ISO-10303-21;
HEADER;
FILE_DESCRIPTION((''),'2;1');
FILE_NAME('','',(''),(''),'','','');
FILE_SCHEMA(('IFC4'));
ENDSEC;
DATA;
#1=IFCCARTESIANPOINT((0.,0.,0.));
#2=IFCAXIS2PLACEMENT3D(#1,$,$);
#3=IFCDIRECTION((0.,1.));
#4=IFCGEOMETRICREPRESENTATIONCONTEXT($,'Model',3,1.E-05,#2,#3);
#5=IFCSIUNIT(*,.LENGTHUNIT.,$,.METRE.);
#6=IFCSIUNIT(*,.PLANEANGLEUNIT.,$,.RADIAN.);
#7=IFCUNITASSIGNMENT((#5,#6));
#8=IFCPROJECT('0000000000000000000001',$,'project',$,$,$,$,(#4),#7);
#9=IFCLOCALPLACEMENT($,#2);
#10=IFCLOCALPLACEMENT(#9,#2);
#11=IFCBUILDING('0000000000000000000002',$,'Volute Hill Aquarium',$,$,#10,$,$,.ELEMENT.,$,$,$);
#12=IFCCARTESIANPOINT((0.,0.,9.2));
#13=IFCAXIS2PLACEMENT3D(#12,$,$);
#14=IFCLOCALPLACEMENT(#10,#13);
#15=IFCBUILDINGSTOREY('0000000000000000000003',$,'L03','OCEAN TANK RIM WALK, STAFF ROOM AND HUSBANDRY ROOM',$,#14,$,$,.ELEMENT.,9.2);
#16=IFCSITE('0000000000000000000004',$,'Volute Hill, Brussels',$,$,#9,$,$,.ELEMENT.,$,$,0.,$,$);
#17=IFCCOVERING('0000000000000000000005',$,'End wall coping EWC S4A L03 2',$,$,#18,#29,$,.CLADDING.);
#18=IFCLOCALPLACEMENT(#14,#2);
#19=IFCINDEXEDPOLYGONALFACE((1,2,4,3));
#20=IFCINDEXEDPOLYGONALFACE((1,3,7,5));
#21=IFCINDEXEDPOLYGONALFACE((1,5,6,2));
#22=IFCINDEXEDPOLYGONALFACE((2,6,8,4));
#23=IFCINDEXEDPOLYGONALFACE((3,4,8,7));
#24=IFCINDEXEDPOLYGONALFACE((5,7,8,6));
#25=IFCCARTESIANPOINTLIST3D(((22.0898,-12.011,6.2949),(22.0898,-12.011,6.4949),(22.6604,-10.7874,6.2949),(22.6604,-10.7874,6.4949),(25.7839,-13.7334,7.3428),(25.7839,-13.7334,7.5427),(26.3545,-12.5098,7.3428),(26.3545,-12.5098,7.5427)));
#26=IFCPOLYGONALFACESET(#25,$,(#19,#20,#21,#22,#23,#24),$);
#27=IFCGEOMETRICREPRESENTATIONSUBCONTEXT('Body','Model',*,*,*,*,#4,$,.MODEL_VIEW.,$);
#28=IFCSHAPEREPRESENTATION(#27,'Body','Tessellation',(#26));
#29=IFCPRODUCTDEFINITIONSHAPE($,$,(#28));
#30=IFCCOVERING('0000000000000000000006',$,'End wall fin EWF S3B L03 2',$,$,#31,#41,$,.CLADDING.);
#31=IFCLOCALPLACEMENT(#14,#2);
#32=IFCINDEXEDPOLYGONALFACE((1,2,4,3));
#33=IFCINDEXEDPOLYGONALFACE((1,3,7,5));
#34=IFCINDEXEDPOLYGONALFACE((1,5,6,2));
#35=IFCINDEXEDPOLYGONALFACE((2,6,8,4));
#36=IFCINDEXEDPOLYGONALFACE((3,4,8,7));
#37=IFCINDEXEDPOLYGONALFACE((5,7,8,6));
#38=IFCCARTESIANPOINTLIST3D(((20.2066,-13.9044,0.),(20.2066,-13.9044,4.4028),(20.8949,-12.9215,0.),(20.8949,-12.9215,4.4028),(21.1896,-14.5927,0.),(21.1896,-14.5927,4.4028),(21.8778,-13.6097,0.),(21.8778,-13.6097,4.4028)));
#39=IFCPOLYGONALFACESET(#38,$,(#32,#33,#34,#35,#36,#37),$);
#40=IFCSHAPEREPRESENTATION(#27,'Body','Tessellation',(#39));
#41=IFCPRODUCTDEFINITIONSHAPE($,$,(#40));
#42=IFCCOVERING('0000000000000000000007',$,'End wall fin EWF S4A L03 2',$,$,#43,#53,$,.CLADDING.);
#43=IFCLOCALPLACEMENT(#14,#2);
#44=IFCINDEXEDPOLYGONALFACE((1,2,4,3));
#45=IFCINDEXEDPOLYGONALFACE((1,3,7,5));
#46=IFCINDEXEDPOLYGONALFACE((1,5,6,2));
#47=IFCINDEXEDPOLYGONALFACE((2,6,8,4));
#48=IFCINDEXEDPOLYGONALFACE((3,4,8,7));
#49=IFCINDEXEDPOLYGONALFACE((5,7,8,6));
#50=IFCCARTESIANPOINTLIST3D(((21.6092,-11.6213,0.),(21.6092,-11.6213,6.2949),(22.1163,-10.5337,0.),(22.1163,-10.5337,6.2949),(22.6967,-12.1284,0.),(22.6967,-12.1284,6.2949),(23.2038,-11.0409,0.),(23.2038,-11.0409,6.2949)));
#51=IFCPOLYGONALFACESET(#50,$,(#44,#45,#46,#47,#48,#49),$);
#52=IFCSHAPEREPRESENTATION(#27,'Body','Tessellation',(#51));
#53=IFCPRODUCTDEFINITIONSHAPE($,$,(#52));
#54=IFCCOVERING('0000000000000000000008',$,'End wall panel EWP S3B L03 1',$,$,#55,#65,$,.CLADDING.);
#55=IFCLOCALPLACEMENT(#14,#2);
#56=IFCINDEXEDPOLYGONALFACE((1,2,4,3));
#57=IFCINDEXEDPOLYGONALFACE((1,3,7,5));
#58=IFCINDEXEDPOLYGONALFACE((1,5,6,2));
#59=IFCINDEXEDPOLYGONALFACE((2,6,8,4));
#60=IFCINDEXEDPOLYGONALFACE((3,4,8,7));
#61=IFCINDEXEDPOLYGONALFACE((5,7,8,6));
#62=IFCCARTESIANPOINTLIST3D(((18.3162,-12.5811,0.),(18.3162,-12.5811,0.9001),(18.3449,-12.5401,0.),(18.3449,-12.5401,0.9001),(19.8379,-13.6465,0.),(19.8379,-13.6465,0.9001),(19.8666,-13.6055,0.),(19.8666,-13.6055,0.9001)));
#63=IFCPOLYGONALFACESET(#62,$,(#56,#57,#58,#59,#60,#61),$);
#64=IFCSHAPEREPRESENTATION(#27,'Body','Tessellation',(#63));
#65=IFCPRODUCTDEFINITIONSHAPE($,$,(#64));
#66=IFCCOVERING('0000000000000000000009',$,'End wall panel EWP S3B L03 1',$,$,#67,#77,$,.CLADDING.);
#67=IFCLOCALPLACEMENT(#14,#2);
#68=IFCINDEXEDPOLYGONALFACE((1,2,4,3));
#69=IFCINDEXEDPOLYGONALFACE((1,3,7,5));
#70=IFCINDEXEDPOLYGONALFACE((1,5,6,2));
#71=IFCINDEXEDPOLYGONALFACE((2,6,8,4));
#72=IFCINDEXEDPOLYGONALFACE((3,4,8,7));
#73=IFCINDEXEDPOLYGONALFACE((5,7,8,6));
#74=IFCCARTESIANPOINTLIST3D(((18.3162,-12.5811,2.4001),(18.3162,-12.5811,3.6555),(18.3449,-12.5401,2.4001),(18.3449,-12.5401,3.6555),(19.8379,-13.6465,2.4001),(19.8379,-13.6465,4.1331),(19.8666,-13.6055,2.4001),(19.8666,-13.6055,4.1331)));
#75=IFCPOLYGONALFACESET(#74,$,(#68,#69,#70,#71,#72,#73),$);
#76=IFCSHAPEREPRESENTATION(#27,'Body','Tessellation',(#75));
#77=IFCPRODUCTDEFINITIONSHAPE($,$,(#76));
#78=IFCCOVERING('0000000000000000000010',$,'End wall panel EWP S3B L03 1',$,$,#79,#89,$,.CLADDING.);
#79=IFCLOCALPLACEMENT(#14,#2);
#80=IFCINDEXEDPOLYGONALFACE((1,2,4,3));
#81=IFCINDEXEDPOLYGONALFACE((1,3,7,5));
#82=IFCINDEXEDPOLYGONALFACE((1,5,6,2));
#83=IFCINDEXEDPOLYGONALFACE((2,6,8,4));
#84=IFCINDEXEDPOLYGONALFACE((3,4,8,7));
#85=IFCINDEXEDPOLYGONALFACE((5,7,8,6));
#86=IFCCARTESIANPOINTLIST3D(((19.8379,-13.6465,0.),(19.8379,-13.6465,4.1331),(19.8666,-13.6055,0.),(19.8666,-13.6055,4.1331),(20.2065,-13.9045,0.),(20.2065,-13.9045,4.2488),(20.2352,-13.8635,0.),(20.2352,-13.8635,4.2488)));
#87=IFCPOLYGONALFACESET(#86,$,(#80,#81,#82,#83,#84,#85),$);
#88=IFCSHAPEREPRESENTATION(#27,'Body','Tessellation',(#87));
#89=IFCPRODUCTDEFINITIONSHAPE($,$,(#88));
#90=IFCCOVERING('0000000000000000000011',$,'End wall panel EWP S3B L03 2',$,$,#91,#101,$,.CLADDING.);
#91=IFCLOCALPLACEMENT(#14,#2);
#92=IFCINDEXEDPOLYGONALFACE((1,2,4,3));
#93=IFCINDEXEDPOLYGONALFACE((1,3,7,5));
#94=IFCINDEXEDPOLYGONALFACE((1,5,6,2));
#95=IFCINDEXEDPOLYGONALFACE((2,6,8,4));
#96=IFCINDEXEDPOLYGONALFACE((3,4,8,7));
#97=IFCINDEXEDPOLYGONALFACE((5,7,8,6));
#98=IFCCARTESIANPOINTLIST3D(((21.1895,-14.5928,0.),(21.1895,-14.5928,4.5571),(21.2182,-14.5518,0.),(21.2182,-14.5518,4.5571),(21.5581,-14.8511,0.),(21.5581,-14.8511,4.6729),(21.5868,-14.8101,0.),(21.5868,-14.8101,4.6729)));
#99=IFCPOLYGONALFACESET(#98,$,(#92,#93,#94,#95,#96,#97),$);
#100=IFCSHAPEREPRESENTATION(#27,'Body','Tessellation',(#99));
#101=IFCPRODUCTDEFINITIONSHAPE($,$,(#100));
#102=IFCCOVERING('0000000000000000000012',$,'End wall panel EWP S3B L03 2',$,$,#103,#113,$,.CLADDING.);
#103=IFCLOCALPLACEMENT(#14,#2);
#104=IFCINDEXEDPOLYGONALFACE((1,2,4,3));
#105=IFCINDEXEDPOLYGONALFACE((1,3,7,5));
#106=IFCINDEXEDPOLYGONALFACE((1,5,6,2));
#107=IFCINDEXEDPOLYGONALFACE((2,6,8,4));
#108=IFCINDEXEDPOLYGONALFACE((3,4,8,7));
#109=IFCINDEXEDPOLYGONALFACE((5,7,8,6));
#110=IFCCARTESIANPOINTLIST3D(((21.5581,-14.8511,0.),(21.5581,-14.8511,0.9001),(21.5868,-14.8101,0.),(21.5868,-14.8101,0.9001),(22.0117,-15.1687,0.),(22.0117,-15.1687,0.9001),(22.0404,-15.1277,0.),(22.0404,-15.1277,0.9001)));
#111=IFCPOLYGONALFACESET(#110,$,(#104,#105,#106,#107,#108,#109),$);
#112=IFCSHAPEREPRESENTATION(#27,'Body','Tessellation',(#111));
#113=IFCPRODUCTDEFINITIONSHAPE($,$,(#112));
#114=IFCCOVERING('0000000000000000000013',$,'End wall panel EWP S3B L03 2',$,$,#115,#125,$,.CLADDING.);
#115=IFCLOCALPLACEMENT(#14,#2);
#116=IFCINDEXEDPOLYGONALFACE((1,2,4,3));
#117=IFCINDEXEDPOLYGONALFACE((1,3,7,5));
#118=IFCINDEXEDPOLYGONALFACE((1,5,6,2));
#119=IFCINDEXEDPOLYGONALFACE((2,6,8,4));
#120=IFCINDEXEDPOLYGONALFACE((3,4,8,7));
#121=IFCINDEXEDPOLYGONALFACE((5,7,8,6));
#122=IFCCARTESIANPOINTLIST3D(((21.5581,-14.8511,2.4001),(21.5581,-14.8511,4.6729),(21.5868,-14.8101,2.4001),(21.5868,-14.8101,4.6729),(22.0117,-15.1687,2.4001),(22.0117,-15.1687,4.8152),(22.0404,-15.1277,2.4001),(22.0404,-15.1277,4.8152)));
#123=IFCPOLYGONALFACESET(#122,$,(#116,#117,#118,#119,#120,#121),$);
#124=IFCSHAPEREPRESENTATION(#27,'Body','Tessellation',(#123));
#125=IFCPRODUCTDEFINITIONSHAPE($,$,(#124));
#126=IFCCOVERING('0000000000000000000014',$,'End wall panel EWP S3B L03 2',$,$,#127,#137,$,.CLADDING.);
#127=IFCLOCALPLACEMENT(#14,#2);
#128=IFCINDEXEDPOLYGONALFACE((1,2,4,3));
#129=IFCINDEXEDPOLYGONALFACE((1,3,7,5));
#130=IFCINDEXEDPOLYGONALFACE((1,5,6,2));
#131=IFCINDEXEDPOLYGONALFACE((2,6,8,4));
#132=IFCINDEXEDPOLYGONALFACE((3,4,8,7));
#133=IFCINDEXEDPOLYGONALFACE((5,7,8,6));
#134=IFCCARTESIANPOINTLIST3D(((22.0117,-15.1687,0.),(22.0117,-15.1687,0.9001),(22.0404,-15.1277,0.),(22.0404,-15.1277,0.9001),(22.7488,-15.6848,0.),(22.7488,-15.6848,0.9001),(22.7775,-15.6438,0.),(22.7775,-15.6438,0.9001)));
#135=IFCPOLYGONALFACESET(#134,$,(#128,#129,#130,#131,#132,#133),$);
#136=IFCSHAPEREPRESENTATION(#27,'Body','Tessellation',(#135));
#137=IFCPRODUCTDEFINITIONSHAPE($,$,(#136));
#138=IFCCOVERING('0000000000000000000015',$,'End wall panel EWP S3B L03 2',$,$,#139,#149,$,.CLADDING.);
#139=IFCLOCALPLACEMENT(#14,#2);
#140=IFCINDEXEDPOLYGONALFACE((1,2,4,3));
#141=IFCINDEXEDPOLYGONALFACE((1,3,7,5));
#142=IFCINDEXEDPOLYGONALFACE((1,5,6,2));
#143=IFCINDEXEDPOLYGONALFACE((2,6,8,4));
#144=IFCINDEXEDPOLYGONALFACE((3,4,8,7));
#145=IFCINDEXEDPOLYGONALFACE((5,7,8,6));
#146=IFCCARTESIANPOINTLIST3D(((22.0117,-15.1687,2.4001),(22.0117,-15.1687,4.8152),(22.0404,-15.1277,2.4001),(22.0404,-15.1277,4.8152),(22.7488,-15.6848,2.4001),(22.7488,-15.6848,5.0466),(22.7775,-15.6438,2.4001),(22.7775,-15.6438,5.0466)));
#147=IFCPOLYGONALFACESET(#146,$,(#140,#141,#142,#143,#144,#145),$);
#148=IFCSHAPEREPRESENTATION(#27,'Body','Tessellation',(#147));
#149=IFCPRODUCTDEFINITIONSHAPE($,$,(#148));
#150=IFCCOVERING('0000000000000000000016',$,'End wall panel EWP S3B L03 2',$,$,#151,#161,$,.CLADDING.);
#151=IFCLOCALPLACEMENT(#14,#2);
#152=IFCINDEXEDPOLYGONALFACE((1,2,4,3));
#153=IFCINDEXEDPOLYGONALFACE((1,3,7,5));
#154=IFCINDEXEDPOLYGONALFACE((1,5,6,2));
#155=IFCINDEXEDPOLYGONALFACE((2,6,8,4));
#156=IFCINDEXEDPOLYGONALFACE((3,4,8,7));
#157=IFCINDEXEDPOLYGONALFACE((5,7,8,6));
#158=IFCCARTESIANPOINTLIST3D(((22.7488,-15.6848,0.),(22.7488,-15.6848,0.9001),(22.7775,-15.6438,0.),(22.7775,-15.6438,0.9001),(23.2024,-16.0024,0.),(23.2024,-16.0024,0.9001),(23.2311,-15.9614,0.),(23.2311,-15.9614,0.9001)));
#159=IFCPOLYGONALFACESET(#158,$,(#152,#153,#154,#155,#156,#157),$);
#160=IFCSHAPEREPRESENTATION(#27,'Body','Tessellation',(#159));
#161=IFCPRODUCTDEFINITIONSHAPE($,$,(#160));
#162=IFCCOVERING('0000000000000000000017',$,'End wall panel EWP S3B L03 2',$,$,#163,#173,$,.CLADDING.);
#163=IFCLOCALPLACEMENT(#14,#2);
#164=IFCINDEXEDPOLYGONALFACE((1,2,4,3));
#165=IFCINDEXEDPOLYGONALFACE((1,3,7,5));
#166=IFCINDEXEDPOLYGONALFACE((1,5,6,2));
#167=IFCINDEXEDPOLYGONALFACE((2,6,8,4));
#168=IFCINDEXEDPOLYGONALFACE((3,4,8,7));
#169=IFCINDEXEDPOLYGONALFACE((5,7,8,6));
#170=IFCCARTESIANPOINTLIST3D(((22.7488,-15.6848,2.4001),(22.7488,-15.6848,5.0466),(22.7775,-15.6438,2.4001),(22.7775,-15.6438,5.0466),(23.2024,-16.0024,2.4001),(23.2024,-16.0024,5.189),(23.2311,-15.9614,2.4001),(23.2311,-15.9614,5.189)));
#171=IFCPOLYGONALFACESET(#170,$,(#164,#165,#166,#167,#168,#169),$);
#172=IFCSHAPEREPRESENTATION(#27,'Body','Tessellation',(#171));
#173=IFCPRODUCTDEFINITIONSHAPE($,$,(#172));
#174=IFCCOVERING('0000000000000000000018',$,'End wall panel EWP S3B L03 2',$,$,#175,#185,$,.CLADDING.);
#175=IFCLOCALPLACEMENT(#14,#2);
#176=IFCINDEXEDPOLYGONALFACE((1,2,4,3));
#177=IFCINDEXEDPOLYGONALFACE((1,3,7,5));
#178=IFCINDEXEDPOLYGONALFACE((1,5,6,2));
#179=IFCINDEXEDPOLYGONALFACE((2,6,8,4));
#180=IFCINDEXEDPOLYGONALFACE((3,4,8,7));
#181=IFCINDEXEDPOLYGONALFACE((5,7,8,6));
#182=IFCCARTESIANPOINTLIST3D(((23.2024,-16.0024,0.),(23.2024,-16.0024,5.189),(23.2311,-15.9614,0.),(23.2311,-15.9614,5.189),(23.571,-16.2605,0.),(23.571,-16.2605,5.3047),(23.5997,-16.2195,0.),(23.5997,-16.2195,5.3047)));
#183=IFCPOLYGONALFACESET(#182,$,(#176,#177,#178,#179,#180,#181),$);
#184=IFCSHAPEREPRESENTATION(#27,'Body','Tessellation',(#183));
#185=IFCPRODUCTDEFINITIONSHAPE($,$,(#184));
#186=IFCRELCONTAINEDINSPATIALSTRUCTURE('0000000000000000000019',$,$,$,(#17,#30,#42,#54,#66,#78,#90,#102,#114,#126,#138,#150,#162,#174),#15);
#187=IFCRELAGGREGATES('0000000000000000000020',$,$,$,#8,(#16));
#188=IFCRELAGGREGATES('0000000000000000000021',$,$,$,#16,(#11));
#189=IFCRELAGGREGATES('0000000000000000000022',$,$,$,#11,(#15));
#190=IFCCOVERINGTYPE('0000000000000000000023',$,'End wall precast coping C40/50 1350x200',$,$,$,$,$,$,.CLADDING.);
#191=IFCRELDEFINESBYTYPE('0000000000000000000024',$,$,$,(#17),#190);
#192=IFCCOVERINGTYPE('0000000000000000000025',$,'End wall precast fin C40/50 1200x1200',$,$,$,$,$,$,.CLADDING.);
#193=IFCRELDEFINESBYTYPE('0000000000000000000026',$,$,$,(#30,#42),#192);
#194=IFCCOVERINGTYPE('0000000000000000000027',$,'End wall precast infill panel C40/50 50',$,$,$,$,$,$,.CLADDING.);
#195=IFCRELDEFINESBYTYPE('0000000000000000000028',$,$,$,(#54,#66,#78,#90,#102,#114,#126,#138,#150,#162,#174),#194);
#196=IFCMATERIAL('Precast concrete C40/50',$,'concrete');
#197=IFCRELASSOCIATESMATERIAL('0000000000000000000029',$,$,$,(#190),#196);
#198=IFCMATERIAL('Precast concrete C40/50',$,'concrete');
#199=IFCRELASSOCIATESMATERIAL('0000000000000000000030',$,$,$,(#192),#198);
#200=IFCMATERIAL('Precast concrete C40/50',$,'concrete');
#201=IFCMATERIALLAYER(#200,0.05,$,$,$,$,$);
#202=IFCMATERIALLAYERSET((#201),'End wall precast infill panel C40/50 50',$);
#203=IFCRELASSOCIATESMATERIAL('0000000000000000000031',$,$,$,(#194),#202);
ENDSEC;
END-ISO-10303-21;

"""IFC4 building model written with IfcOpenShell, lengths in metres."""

from ifc_helpers import new_model, si_unit, direction, frame, origin, origin_2d, place, context, subcontext, project, spatial, polyline, rectangle, outline, extrude, material, layer, layer_set, type_object, element, save


model = new_model("IFC4")

# Units and contexts
model_context = context("Model", 3, precision=1e-05, world=origin(), true_north=direction((0.0, 1.0)))
body_context = subcontext(model_context, "Body", "Model", "MODEL_VIEW")
ifc_project = project(units=[si_unit("LENGTHUNIT", "METRE"), si_unit("PLANEANGLEUNIT", "RADIAN")], contexts=[model_context])

# Site, building, storey
site_placement = place(None, origin())
site = spatial("IfcSite", under=ifc_project, at=site_placement, Name="Volute Hill, Brussels", CompositionType="ELEMENT", RefElevation=0.0)
building_placement = place(site_placement, origin())
building = spatial("IfcBuilding", under=site, at=building_placement, Name="Volute Hill Aquarium", CompositionType="ELEMENT")
storey_placement = place(building_placement, frame((0.0, 0.0, 9.2)))
storey = spatial("IfcBuildingStorey", under=building, at=storey_placement, Name="L03", Description="OCEAN TANK RIM WALK, STAFF ROOM AND HUSBANDRY ROOM", CompositionType="ELEMENT", Elevation=9.2)

# Coverings
ifc_material_1 = material(Name="Precast concrete C40/50", Category="concrete")
covering_type_1 = type_object("IfcCoveringType", Name="End wall precast coping C40/50 1350x200", PredefinedType="CLADDING", material=ifc_material_1)
covering_1_placement = place(storey_placement, frame((22.0898, -12.011, 6.2949), z_axis=(-0.422584, -0.906324, 0.0), x_axis=(0.877781, -0.409275, 0.248988)))
element("IfcCovering", 1, at=covering_1_placement, inside=storey, type_object=covering_type_1, Name="End wall coping EWC S4A L03 2", PredefinedType="CLADDING", context=body_context, shape_type="SweptSolid", body=[
    extrude(outline(polyline([(0.0, 0.0), (4.2084, 0.0), (4.2582, 0.1937), (0.0498, 0.1937), (0.0, 0.0)])), origin(), (0.0, 0.0, -1.0), 1.3501),
])
ifc_material_2 = material(Name="Precast concrete C40/50", Category="concrete")
covering_type_2 = type_object("IfcCoveringType", Name="End wall precast fin C40/50 1200x1200", PredefinedType="CLADDING", material=ifc_material_2)
covering_2_placement = place(storey_placement, frame((21.0422, -13.7571, 0.0), z_axis=(0.0, 0.0, 1.0), x_axis=(0.819151, -0.573578, 0.0)))
element("IfcCovering", 2, at=covering_2_placement, inside=storey, type_object=covering_type_2, Name="End wall fin EWF S3B L03 2", PredefinedType="CLADDING", context=body_context, shape_type="SweptSolid", body=[
    extrude(rectangle(XDim=1.2, YDim=1.2, at=origin_2d()), origin(), (0.0, 0.0, 1.0), 4.4028),
])
covering_3_placement = place(storey_placement, frame((22.4065, -11.3311, 0.0), z_axis=(0.0, 0.0, 1.0), x_axis=(0.906307, -0.42262, 0.0)))
element("IfcCovering", 3, at=covering_3_placement, inside=storey, type_object=covering_type_2, Name="End wall fin EWF S4A L03 2", PredefinedType="CLADDING", context=body_context, shape_type="SweptSolid", body=[
    extrude(rectangle(XDim=1.2, YDim=1.2, at=origin_2d()), origin(), (0.0, 0.0, 1.0), 6.2949),
])
ifc_material_3 = material(Name="Precast concrete C40/50", Category="concrete")
ifc_layer_1 = layer(ifc_material_3, 0.05)
ifc_layer_set_1 = layer_set([ifc_layer_1], Name="End wall precast infill panel C40/50 50")
covering_type_3 = type_object("IfcCoveringType", Name="End wall precast infill panel C40/50 50", PredefinedType="CLADDING", material=ifc_layer_set_1)
covering_4_placement = place(storey_placement, frame((18.3162, -12.5811, 0.0), z_axis=(-0.573542, -0.819176, 0.0), x_axis=(0.819176, -0.573542, 0.0)))
element("IfcCovering", 4, at=covering_4_placement, inside=storey, type_object=covering_type_3, Name="End wall panel EWP S3B L03 1", PredefinedType="CLADDING", context=body_context, shape_type="SweptSolid", body=[
    extrude(outline(polyline([(0.0, 0.0), (1.8576, 0.0), (1.8576, 0.9001), (0.0, 0.9001), (0.0, 0.0)])), origin(), (0.0, 0.0, -1.0), 0.05),
])
covering_5_placement = place(storey_placement, frame((18.3162, -12.5811, 2.4001), z_axis=(-0.573542, -0.819176, 0.0), x_axis=(0.819176, -0.573542, 0.0)))
element("IfcCovering", 5, at=covering_5_placement, inside=storey, type_object=covering_type_3, Name="End wall panel EWP S3B L03 1", PredefinedType="CLADDING", context=body_context, shape_type="SweptSolid", body=[
    extrude(outline(polyline([(0.0, 0.0), (1.8576, 0.0), (1.8576, 1.7329), (0.0, 1.2554), (0.0, 0.0)])), origin(), (0.0, 0.0, -1.0), 0.05),
])
covering_6_placement = place(storey_placement, frame((19.8379, -13.6465, 0.0), z_axis=(-0.573462, -0.819232, 0.0), x_axis=(0.819232, -0.573462, 0.0)))
element("IfcCovering", 6, at=covering_6_placement, inside=storey, type_object=covering_type_3, Name="End wall panel EWP S3B L03 1", PredefinedType="CLADDING", context=body_context, shape_type="SweptSolid", body=[
    extrude(outline(polyline([(0.0, 0.0), (0.45, 0.0), (0.45, 4.2488), (0.0, 4.1331), (0.0, 0.0)])), origin(), (0.0, 0.0, -1.0), 0.05),
])
covering_7_placement = place(storey_placement, frame((21.1895, -14.5928, 0.0), z_axis=(-0.573826, -0.818977, 0.0), x_axis=(0.818977, -0.573826, 0.0)))
element("IfcCovering", 7, at=covering_7_placement, inside=storey, type_object=covering_type_3, Name="End wall panel EWP S3B L03 2", PredefinedType="CLADDING", context=body_context, shape_type="SweptSolid", body=[
    extrude(outline(polyline([(0.0, 0.0), (0.4501, 0.0), (0.4501, 4.6729), (0.0, 4.5571), (0.0, 0.0)])), origin(), (0.0, 0.0, -1.0), 0.05),
])
covering_8_placement = place(storey_placement, frame((21.5581, -14.8511, 0.0), z_axis=(-0.573581, -0.819149, 0.0), x_axis=(0.819149, -0.573581, 0.0)))
element("IfcCovering", 8, at=covering_8_placement, inside=storey, type_object=covering_type_3, Name="End wall panel EWP S3B L03 2", PredefinedType="CLADDING", context=body_context, shape_type="SweptSolid", body=[
    extrude(outline(polyline([(0.0, 0.0), (0.5538, 0.0), (0.5538, 0.9001), (0.0, 0.9001), (0.0, 0.0)])), origin(), (0.0, 0.0, -1.0), 0.05),
])
covering_9_placement = place(storey_placement, frame((21.5581, -14.8511, 2.4001), z_axis=(-0.573581, -0.819149, 0.0), x_axis=(0.819149, -0.573581, 0.0)))
element("IfcCovering", 9, at=covering_9_placement, inside=storey, type_object=covering_type_3, Name="End wall panel EWP S3B L03 2", PredefinedType="CLADDING", context=body_context, shape_type="SweptSolid", body=[
    extrude(outline(polyline([(0.0, 0.0), (0.5538, 0.0), (0.5538, 2.415), (0.0, 2.2727), (0.0, 0.0)])), origin(), (0.0, 0.0, -1.0), 0.05),
])
covering_10_placement = place(storey_placement, frame((22.0117, -15.1687, 0.0), z_axis=(-0.57359, -0.819143, 0.0), x_axis=(0.819143, -0.57359, 0.0)))
element("IfcCovering", 10, at=covering_10_placement, inside=storey, type_object=covering_type_3, Name="End wall panel EWP S3B L03 2", PredefinedType="CLADDING", context=body_context, shape_type="SweptSolid", body=[
    extrude(outline(polyline([(0.0, 0.0), (0.8998, 0.0), (0.8998, 0.9001), (0.0, 0.9001), (0.0, 0.0)])), origin(), (0.0, 0.0, -1.0), 0.05),
])
covering_11_placement = place(storey_placement, frame((22.0117, -15.1687, 2.4001), z_axis=(-0.57359, -0.819143, 0.0), x_axis=(0.819143, -0.57359, 0.0)))
element("IfcCovering", 11, at=covering_11_placement, inside=storey, type_object=covering_type_3, Name="End wall panel EWP S3B L03 2", PredefinedType="CLADDING", context=body_context, shape_type="SweptSolid", body=[
    extrude(outline(polyline([(0.0, 0.0), (0.8998, 0.0), (0.8998, 2.6465), (0.0, 2.415), (0.0, 0.0)])), origin(), (0.0, 0.0, -1.0), 0.05),
])
covering_12_placement = place(storey_placement, frame((22.7488, -15.6848, 0.0), z_axis=(-0.573581, -0.819149, 0.0), x_axis=(0.819149, -0.573581, 0.0)))
element("IfcCovering", 12, at=covering_12_placement, inside=storey, type_object=covering_type_3, Name="End wall panel EWP S3B L03 2", PredefinedType="CLADDING", context=body_context, shape_type="SweptSolid", body=[
    extrude(outline(polyline([(0.0, 0.0), (0.5538, 0.0), (0.5538, 0.9001), (0.0, 0.9001), (0.0, 0.0)])), origin(), (0.0, 0.0, -1.0), 0.05),
])
covering_13_placement = place(storey_placement, frame((22.7488, -15.6848, 2.4001), z_axis=(-0.573581, -0.819149, 0.0), x_axis=(0.819149, -0.573581, 0.0)))
element("IfcCovering", 13, at=covering_13_placement, inside=storey, type_object=covering_type_3, Name="End wall panel EWP S3B L03 2", PredefinedType="CLADDING", context=body_context, shape_type="SweptSolid", body=[
    extrude(outline(polyline([(0.0, 0.0), (0.5538, 0.0), (0.5538, 2.7888), (0.0, 2.6465), (0.0, 0.0)])), origin(), (0.0, 0.0, -1.0), 0.05),
])
covering_14_placement = place(storey_placement, frame((23.2024, -16.0024, 0.0), z_axis=(-0.573462, -0.819232, 0.0), x_axis=(0.819232, -0.573462, 0.0)))
element("IfcCovering", 14, at=covering_14_placement, inside=storey, type_object=covering_type_3, Name="End wall panel EWP S3B L03 2", PredefinedType="CLADDING", context=body_context, shape_type="SweptSolid", body=[
    extrude(outline(polyline([(0.0, 0.0), (0.45, 0.0), (0.45, 5.3047), (0.0, 5.189), (0.0, 0.0)])), origin(), (0.0, 0.0, -1.0), 0.05),
])

save(model, "model.ifc")
